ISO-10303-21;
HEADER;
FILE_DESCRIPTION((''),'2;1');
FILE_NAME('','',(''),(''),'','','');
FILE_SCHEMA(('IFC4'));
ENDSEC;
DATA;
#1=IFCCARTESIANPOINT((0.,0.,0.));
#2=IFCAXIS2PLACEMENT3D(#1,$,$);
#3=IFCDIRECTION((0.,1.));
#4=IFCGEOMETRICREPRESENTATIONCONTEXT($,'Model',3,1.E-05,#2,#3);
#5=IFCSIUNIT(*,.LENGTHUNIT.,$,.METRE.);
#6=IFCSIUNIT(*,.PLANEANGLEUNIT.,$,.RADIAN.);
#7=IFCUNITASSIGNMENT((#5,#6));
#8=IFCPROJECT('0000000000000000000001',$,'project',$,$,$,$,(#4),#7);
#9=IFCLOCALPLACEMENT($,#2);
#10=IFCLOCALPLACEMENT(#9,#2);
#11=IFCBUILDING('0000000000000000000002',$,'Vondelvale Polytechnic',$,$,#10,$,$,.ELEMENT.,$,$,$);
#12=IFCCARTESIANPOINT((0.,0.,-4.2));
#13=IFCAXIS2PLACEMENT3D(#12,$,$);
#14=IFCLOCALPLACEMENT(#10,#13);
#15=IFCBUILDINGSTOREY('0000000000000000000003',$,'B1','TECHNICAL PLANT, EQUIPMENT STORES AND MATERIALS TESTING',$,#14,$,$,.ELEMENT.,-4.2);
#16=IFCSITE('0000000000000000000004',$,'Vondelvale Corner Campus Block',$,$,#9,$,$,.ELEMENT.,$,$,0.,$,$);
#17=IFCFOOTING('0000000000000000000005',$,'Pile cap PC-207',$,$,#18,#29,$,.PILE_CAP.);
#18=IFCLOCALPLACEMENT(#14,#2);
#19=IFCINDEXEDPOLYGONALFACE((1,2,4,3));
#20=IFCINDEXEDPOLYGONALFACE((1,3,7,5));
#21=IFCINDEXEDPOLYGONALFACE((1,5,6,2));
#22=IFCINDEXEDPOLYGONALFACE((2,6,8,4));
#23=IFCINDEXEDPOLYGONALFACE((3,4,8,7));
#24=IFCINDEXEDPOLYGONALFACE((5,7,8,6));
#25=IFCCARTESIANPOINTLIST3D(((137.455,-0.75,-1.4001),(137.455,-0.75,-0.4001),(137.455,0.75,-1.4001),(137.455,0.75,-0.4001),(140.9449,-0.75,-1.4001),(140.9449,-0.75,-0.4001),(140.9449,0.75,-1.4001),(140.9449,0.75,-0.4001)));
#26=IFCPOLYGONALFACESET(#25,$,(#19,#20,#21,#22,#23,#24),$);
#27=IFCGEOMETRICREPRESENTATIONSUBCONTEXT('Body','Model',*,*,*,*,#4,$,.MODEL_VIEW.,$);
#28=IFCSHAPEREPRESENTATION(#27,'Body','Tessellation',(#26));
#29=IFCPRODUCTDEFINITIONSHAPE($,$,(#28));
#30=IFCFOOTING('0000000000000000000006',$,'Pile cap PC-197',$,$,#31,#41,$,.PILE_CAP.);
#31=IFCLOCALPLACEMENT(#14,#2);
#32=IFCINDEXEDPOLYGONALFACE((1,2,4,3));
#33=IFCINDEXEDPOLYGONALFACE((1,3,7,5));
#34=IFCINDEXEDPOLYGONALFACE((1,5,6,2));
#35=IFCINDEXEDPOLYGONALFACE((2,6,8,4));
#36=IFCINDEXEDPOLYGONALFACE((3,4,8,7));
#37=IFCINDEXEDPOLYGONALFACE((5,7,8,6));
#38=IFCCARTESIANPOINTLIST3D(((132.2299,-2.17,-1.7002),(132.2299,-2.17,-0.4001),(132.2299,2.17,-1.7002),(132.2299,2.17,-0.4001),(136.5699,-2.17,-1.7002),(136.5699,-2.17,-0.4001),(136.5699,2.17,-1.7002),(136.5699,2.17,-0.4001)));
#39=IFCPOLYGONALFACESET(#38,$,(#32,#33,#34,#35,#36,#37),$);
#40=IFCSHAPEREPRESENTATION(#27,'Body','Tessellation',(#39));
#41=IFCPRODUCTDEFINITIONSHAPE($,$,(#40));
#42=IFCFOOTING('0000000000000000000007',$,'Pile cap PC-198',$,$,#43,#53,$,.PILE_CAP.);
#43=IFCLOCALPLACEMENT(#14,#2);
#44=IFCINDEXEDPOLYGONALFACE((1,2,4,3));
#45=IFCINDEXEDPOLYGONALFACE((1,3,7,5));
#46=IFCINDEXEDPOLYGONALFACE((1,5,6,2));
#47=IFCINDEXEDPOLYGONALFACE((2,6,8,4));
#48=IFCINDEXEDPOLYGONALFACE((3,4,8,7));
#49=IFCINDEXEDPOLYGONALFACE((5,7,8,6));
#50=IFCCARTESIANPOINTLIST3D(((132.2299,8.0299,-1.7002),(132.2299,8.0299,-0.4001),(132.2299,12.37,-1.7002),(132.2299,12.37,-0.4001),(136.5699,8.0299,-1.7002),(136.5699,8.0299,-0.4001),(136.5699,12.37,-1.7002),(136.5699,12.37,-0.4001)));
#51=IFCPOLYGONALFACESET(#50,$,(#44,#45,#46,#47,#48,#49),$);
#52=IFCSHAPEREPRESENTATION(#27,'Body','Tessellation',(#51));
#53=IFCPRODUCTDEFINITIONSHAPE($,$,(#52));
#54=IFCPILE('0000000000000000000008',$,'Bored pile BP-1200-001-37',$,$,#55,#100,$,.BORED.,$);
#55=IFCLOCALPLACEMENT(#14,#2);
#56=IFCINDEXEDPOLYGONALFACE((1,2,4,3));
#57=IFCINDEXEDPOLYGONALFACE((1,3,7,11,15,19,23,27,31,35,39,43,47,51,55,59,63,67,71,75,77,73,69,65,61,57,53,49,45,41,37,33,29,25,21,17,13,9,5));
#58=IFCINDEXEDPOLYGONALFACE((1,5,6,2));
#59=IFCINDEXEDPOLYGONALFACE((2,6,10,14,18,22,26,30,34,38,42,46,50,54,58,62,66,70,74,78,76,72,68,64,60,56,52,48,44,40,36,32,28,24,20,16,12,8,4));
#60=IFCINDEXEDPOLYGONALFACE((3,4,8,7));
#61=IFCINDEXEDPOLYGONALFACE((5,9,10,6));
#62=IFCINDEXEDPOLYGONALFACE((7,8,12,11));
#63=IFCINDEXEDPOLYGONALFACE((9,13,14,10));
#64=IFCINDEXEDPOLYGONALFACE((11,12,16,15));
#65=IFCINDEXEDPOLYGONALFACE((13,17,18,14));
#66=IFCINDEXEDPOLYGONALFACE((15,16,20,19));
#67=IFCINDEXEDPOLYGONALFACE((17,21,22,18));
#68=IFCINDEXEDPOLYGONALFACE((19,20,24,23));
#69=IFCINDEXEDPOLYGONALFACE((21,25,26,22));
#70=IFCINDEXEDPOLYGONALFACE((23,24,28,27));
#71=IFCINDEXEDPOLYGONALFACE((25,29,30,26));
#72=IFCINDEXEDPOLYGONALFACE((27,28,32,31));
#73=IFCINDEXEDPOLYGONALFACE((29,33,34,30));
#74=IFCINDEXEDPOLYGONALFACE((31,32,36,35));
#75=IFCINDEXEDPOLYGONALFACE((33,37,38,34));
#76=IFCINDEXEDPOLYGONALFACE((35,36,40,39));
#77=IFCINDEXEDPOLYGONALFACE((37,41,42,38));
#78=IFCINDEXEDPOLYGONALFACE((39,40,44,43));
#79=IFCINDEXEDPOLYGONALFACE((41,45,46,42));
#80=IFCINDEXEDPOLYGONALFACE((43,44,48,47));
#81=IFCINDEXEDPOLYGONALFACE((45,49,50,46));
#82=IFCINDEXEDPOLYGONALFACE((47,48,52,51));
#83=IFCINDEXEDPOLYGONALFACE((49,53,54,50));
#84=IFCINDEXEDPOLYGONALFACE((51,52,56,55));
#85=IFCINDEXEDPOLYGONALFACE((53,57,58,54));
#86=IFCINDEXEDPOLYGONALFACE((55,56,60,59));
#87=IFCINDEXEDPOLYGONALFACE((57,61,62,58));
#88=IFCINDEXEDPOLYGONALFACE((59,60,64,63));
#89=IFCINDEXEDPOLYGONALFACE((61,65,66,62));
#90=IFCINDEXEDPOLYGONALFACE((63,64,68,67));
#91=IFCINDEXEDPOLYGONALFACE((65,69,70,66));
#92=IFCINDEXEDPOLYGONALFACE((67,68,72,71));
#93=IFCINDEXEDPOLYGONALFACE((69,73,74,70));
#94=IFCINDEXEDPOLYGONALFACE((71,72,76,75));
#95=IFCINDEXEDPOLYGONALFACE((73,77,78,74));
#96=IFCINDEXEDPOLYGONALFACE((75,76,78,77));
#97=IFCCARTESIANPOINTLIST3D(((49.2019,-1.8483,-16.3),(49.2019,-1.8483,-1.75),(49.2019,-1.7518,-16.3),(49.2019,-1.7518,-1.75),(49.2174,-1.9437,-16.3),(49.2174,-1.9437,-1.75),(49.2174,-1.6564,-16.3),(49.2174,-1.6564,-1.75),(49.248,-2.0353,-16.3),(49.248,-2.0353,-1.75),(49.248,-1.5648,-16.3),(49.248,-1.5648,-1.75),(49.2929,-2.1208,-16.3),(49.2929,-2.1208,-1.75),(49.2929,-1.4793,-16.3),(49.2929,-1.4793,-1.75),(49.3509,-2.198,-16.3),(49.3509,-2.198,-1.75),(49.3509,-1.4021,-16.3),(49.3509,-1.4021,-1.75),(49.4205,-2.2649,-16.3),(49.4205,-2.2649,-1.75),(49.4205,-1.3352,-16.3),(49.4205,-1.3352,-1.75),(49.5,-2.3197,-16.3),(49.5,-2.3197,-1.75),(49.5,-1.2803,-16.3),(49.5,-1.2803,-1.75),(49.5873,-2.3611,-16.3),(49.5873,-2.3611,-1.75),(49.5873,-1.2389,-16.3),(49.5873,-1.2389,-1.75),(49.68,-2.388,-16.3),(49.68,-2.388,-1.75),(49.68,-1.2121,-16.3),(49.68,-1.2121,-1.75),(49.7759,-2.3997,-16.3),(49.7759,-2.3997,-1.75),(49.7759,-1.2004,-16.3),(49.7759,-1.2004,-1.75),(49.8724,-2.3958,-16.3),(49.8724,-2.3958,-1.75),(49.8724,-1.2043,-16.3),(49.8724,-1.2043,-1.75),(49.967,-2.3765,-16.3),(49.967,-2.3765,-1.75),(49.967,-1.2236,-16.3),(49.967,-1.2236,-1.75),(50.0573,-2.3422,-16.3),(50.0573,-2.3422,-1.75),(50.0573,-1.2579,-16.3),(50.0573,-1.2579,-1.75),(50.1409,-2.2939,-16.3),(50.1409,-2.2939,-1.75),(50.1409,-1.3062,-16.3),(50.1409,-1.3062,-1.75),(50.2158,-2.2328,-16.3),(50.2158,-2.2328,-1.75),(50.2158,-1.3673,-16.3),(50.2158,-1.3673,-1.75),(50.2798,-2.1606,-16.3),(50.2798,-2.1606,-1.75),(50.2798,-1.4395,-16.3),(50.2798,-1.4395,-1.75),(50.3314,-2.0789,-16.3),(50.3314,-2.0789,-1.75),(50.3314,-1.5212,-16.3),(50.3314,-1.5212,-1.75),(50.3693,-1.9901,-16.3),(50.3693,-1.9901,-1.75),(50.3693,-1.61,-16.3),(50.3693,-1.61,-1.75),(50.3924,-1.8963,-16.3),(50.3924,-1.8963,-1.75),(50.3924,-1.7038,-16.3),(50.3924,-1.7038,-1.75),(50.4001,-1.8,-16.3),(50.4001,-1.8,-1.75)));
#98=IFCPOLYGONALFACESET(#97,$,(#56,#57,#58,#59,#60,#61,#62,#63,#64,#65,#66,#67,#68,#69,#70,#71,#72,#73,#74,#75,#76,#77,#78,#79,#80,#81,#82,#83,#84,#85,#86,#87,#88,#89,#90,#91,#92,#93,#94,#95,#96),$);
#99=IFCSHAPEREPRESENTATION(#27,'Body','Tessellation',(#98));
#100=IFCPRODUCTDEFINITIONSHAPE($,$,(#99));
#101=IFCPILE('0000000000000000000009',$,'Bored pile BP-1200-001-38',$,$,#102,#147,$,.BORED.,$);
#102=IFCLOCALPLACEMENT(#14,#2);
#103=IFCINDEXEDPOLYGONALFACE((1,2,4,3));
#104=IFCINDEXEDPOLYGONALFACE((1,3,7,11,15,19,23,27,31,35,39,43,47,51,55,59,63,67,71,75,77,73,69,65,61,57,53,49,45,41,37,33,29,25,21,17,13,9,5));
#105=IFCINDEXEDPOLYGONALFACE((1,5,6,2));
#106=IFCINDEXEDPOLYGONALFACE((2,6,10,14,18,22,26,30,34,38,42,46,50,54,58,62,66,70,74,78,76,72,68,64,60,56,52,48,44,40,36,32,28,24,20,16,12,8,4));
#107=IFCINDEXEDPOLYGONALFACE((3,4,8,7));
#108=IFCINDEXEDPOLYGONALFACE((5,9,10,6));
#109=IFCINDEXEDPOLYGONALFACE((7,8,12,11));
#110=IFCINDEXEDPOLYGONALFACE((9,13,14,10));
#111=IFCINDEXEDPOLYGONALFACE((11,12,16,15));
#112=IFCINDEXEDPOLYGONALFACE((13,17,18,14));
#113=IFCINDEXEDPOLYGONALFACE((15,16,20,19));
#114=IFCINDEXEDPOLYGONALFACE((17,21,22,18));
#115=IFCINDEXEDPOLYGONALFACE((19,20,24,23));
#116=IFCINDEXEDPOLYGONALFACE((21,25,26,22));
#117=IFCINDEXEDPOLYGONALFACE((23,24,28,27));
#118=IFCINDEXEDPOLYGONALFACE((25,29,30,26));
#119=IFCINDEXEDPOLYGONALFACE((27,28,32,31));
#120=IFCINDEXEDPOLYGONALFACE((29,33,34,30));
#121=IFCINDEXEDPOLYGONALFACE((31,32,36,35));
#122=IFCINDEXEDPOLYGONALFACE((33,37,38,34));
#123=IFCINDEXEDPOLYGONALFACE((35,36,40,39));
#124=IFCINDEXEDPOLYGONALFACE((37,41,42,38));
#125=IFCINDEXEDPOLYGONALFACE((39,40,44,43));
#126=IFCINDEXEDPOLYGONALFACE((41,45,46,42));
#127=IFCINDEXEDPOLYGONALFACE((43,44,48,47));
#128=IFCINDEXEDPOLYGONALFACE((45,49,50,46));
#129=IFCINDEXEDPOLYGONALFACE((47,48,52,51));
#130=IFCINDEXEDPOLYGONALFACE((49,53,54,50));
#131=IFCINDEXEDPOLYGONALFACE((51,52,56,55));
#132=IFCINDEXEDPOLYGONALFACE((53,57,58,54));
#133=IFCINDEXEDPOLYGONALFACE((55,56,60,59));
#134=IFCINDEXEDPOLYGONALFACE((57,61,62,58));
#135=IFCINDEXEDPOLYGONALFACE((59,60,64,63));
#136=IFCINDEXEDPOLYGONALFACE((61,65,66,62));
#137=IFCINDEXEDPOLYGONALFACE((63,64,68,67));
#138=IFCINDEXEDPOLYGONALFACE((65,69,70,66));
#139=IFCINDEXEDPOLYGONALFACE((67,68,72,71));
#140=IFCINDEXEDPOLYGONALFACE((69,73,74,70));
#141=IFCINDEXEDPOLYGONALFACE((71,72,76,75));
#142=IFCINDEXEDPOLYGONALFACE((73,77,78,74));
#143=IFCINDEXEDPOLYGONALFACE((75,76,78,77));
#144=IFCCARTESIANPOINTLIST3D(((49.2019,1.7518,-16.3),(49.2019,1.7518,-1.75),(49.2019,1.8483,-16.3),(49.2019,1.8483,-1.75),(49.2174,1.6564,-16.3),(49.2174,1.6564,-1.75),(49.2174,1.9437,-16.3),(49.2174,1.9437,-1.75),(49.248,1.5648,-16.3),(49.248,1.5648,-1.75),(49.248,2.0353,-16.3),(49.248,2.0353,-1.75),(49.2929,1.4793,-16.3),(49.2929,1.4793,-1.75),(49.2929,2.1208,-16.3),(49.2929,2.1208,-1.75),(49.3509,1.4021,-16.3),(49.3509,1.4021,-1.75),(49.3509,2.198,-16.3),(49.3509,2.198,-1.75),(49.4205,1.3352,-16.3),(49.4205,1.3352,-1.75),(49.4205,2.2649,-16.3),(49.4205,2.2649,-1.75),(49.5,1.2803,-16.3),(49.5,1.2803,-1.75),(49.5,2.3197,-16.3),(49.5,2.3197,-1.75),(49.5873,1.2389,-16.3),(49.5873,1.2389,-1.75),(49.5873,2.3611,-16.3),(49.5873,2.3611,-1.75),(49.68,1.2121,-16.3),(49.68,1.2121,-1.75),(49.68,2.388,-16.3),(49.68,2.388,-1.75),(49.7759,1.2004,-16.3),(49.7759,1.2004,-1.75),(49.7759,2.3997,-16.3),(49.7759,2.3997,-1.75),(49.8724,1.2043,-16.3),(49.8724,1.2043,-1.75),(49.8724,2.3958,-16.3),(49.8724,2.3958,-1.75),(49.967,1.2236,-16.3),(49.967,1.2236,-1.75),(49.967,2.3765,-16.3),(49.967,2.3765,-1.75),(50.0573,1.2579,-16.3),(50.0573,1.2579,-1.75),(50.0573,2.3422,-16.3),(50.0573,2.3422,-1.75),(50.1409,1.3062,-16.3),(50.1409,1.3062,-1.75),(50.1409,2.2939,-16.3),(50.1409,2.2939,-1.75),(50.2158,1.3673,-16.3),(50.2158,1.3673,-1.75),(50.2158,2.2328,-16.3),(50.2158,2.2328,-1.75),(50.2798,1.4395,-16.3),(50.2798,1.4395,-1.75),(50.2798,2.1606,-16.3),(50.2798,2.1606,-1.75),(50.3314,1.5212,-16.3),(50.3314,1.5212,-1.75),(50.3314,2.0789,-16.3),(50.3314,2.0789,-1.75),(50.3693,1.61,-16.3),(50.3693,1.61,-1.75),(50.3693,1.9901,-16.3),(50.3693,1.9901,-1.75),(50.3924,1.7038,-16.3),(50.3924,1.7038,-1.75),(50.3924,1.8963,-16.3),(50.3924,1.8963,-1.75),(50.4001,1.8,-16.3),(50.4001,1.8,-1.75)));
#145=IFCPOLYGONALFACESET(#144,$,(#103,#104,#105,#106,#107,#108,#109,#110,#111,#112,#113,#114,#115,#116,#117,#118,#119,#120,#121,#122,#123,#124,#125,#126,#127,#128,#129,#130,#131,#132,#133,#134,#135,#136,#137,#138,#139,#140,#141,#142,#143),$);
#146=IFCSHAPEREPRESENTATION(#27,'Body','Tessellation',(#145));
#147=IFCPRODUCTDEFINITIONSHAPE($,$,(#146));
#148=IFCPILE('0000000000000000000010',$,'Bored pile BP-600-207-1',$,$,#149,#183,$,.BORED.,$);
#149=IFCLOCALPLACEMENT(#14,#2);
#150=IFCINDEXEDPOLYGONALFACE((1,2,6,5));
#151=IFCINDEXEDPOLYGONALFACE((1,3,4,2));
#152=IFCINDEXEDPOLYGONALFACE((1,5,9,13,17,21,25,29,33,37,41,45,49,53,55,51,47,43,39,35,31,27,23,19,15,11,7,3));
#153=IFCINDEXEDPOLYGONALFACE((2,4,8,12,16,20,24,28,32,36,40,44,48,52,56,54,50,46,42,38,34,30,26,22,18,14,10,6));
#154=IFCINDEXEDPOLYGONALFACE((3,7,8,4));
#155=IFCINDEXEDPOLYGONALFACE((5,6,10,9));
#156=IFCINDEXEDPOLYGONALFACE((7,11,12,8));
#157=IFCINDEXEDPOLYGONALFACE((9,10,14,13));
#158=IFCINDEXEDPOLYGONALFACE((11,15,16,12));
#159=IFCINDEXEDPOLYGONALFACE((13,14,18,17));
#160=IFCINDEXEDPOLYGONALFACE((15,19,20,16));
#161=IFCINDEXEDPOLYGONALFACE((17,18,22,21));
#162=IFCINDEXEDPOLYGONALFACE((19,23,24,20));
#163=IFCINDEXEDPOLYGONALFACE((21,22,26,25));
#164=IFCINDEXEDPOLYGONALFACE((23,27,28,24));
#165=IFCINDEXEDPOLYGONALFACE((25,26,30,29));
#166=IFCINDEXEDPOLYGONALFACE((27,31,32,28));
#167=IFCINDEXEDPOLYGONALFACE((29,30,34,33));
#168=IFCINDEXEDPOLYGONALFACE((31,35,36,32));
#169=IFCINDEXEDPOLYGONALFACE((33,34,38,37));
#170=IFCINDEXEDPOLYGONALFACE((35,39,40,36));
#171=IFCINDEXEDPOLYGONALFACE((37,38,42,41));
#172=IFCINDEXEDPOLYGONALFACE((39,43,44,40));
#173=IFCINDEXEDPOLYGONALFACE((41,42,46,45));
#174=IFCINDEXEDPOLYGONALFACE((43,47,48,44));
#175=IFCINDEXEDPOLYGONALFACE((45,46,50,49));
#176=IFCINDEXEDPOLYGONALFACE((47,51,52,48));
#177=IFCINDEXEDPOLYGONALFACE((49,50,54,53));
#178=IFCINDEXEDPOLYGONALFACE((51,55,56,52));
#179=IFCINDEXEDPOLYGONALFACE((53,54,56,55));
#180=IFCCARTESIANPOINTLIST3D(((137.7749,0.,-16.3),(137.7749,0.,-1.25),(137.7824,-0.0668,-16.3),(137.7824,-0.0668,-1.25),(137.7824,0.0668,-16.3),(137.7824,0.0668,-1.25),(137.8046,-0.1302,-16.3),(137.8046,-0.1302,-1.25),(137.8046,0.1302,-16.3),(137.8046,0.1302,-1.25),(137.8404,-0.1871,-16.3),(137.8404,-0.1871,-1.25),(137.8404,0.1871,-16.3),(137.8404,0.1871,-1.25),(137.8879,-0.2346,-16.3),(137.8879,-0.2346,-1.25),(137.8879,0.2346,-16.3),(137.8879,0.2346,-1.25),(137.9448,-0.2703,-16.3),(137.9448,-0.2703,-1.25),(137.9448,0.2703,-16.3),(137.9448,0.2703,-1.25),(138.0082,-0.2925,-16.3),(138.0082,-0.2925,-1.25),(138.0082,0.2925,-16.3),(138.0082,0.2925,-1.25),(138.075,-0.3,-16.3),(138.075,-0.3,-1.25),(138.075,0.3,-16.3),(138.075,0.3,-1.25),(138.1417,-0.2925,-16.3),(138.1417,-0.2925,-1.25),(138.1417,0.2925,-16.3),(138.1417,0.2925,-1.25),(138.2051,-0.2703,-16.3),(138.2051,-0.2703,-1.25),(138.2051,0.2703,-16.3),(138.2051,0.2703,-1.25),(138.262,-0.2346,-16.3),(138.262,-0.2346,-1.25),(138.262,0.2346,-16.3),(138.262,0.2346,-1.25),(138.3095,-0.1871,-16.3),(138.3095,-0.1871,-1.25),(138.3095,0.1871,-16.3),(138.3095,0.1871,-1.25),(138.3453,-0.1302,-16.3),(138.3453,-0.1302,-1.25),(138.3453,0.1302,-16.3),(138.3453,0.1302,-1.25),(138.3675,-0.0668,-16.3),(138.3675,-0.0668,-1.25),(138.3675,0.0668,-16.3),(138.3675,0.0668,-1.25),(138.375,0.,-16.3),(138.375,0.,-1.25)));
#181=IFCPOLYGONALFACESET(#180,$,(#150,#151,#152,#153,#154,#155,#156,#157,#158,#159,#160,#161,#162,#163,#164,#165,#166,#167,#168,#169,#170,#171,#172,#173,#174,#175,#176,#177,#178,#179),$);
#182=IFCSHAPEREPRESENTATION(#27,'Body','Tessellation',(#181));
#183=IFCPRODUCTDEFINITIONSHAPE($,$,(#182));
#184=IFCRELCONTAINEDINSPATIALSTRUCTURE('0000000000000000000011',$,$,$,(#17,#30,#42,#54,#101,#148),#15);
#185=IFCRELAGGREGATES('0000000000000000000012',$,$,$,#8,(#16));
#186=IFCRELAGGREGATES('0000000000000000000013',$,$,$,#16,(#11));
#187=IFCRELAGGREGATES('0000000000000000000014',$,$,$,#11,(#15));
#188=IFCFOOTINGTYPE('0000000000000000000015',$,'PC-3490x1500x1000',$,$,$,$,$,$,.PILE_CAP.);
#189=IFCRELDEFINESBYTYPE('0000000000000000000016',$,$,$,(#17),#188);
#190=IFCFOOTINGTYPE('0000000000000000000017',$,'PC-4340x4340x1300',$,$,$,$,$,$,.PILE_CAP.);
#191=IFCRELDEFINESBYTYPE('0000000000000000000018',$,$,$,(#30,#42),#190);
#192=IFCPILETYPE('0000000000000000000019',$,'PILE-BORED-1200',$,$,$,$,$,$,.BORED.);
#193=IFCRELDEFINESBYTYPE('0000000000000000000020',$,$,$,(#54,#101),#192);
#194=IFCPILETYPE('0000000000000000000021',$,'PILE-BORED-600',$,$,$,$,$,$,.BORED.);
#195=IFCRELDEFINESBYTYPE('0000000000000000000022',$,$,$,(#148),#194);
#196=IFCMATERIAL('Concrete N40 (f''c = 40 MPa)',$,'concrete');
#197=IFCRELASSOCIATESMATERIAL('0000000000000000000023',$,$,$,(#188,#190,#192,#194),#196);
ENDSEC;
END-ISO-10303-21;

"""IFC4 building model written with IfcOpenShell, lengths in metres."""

from ifc_helpers import new_model, si_unit, direction, frame, origin, origin_2d, place, context, subcontext, project, spatial, rectangle, circle, extrude, material, material_profile, profile_set, type_object, element, save


model = new_model("IFC4")

# Units and contexts
model_context = context("Model", 3, precision=1e-05, world=origin(), true_north=direction((0.0, 1.0)))
body_context = subcontext(model_context, "Body", "Model", "MODEL_VIEW")
ifc_project = project(units=[si_unit("LENGTHUNIT", "METRE"), si_unit("PLANEANGLEUNIT", "RADIAN")], contexts=[model_context])

# Site, building, storey
site_placement = place(None, origin())
site = spatial("IfcSite", under=ifc_project, at=site_placement, Name="Vondelvale Corner Campus Block", CompositionType="ELEMENT", RefElevation=0.0)
building_placement = place(site_placement, origin())
building = spatial("IfcBuilding", under=site, at=building_placement, Name="Vondelvale Polytechnic", CompositionType="ELEMENT")
storey_placement = place(building_placement, frame((0.0, 0.0, -4.2)))
storey = spatial("IfcBuildingStorey", under=building, at=storey_placement, Name="B1", Description="TECHNICAL PLANT, EQUIPMENT STORES AND MATERIALS TESTING", CompositionType="ELEMENT", Elevation=-4.2)

# Footings
ifc_material_1 = material(Name="Concrete N40 (f'c = 40 MPa)", Category="concrete")
footing_type_1 = type_object("IfcFootingType", Name="PC-3490x1500x1000", PredefinedType="PILE_CAP", material=ifc_material_1)
footing_placement = place(storey_placement, frame((139.2, 0.0, -1.4001), z_axis=(0.0, 0.0, 1.0), x_axis=(1.0, 0.0, 0.0)))
element("IfcFooting", 1, at=footing_placement, inside=storey, type_object=footing_type_1, Name="Pile cap PC-207", PredefinedType="PILE_CAP", context=body_context, shape_type="SweptSolid", body=[
    extrude(rectangle(XDim=3.49, YDim=1.5, at=origin_2d()), origin(), (0.0, 0.0, 1.0), 1.0),
])
footing_type_2 = type_object("IfcFootingType", Name="PC-4340x4340x1300", PredefinedType="PILE_CAP", material=ifc_material_1)
for number, where, z_axis, x_axis, name in (
    (2, (134.3999, 0.0, -1.7002), (0.0, 0.0, 1.0), (1.0, 0.0, 0.0), "Pile cap PC-197"),
    (3, (134.3999, 10.2, -1.7002), (0.0, 0.0, 1.0), (1.0, 0.0, 0.0), "Pile cap PC-198"),
):
    element("IfcFooting", number, at=place(storey_placement, frame(where, z_axis=z_axis, x_axis=x_axis)), inside=storey, type_object=footing_type_2, Name=name, PredefinedType="PILE_CAP", context=body_context, shape_type="SweptSolid", body=[
        extrude(rectangle(XDim=4.3401, YDim=4.3401, at=origin_2d()), origin(), (0.0, 0.0, 1.0), 1.3),
    ])

# Piles
ifc_material_profile_1 = material_profile(ifc_material_1, circle(Radius=0.6001, at=origin_2d()), Name="PILE-D1200")
ifc_profile_set_1 = profile_set([ifc_material_profile_1], Name="Concrete N40 (f'c = 40 MPa)")
pile_type_1 = type_object("IfcPileType", Name="PILE-BORED-1200", PredefinedType="BORED", material=ifc_profile_set_1)
for number, where, z_axis, x_axis, name in (
    (4, (49.8, -1.8, -1.75), (0.0, 0.0, -1.0), (1.0, 0.0, 0.0), "Bored pile BP-1200-001-37"),
    (5, (49.8, 1.8, -1.75), (0.0, 0.0, -1.0), (1.0, 0.0, 0.0), "Bored pile BP-1200-001-38"),
):
    element("IfcPile", number, at=place(storey_placement, frame(where, z_axis=z_axis, x_axis=x_axis)), inside=storey, type_object=pile_type_1, Name=name, PredefinedType="BORED", context=body_context, shape_type="SweptSolid", body=[
        extrude(circle(Radius=0.6001, at=origin_2d()), origin(), (0.0, 0.0, 1.0), 14.55),
    ])
ifc_material_profile_2 = material_profile(ifc_material_1, circle(Radius=0.3, at=origin_2d()), Name="PILE-D600")
ifc_profile_set_2 = profile_set([ifc_material_profile_2], Name="Concrete N40 (f'c = 40 MPa)")
pile_type_2 = type_object("IfcPileType", Name="PILE-BORED-600", PredefinedType="BORED", material=ifc_profile_set_2)
pile_placement = place(storey_placement, frame((138.075, 0.0, -1.25), z_axis=(0.0, 0.0, -1.0), x_axis=(1.0, 0.0, 0.0)))
element("IfcPile", 6, at=pile_placement, inside=storey, type_object=pile_type_2, Name="Bored pile BP-600-207-1", PredefinedType="BORED", context=body_context, shape_type="SweptSolid", body=[
    extrude(circle(Radius=0.3, at=origin_2d()), origin(), (0.0, 0.0, 1.0), 15.05),
])

save(model, "model.ifc")
